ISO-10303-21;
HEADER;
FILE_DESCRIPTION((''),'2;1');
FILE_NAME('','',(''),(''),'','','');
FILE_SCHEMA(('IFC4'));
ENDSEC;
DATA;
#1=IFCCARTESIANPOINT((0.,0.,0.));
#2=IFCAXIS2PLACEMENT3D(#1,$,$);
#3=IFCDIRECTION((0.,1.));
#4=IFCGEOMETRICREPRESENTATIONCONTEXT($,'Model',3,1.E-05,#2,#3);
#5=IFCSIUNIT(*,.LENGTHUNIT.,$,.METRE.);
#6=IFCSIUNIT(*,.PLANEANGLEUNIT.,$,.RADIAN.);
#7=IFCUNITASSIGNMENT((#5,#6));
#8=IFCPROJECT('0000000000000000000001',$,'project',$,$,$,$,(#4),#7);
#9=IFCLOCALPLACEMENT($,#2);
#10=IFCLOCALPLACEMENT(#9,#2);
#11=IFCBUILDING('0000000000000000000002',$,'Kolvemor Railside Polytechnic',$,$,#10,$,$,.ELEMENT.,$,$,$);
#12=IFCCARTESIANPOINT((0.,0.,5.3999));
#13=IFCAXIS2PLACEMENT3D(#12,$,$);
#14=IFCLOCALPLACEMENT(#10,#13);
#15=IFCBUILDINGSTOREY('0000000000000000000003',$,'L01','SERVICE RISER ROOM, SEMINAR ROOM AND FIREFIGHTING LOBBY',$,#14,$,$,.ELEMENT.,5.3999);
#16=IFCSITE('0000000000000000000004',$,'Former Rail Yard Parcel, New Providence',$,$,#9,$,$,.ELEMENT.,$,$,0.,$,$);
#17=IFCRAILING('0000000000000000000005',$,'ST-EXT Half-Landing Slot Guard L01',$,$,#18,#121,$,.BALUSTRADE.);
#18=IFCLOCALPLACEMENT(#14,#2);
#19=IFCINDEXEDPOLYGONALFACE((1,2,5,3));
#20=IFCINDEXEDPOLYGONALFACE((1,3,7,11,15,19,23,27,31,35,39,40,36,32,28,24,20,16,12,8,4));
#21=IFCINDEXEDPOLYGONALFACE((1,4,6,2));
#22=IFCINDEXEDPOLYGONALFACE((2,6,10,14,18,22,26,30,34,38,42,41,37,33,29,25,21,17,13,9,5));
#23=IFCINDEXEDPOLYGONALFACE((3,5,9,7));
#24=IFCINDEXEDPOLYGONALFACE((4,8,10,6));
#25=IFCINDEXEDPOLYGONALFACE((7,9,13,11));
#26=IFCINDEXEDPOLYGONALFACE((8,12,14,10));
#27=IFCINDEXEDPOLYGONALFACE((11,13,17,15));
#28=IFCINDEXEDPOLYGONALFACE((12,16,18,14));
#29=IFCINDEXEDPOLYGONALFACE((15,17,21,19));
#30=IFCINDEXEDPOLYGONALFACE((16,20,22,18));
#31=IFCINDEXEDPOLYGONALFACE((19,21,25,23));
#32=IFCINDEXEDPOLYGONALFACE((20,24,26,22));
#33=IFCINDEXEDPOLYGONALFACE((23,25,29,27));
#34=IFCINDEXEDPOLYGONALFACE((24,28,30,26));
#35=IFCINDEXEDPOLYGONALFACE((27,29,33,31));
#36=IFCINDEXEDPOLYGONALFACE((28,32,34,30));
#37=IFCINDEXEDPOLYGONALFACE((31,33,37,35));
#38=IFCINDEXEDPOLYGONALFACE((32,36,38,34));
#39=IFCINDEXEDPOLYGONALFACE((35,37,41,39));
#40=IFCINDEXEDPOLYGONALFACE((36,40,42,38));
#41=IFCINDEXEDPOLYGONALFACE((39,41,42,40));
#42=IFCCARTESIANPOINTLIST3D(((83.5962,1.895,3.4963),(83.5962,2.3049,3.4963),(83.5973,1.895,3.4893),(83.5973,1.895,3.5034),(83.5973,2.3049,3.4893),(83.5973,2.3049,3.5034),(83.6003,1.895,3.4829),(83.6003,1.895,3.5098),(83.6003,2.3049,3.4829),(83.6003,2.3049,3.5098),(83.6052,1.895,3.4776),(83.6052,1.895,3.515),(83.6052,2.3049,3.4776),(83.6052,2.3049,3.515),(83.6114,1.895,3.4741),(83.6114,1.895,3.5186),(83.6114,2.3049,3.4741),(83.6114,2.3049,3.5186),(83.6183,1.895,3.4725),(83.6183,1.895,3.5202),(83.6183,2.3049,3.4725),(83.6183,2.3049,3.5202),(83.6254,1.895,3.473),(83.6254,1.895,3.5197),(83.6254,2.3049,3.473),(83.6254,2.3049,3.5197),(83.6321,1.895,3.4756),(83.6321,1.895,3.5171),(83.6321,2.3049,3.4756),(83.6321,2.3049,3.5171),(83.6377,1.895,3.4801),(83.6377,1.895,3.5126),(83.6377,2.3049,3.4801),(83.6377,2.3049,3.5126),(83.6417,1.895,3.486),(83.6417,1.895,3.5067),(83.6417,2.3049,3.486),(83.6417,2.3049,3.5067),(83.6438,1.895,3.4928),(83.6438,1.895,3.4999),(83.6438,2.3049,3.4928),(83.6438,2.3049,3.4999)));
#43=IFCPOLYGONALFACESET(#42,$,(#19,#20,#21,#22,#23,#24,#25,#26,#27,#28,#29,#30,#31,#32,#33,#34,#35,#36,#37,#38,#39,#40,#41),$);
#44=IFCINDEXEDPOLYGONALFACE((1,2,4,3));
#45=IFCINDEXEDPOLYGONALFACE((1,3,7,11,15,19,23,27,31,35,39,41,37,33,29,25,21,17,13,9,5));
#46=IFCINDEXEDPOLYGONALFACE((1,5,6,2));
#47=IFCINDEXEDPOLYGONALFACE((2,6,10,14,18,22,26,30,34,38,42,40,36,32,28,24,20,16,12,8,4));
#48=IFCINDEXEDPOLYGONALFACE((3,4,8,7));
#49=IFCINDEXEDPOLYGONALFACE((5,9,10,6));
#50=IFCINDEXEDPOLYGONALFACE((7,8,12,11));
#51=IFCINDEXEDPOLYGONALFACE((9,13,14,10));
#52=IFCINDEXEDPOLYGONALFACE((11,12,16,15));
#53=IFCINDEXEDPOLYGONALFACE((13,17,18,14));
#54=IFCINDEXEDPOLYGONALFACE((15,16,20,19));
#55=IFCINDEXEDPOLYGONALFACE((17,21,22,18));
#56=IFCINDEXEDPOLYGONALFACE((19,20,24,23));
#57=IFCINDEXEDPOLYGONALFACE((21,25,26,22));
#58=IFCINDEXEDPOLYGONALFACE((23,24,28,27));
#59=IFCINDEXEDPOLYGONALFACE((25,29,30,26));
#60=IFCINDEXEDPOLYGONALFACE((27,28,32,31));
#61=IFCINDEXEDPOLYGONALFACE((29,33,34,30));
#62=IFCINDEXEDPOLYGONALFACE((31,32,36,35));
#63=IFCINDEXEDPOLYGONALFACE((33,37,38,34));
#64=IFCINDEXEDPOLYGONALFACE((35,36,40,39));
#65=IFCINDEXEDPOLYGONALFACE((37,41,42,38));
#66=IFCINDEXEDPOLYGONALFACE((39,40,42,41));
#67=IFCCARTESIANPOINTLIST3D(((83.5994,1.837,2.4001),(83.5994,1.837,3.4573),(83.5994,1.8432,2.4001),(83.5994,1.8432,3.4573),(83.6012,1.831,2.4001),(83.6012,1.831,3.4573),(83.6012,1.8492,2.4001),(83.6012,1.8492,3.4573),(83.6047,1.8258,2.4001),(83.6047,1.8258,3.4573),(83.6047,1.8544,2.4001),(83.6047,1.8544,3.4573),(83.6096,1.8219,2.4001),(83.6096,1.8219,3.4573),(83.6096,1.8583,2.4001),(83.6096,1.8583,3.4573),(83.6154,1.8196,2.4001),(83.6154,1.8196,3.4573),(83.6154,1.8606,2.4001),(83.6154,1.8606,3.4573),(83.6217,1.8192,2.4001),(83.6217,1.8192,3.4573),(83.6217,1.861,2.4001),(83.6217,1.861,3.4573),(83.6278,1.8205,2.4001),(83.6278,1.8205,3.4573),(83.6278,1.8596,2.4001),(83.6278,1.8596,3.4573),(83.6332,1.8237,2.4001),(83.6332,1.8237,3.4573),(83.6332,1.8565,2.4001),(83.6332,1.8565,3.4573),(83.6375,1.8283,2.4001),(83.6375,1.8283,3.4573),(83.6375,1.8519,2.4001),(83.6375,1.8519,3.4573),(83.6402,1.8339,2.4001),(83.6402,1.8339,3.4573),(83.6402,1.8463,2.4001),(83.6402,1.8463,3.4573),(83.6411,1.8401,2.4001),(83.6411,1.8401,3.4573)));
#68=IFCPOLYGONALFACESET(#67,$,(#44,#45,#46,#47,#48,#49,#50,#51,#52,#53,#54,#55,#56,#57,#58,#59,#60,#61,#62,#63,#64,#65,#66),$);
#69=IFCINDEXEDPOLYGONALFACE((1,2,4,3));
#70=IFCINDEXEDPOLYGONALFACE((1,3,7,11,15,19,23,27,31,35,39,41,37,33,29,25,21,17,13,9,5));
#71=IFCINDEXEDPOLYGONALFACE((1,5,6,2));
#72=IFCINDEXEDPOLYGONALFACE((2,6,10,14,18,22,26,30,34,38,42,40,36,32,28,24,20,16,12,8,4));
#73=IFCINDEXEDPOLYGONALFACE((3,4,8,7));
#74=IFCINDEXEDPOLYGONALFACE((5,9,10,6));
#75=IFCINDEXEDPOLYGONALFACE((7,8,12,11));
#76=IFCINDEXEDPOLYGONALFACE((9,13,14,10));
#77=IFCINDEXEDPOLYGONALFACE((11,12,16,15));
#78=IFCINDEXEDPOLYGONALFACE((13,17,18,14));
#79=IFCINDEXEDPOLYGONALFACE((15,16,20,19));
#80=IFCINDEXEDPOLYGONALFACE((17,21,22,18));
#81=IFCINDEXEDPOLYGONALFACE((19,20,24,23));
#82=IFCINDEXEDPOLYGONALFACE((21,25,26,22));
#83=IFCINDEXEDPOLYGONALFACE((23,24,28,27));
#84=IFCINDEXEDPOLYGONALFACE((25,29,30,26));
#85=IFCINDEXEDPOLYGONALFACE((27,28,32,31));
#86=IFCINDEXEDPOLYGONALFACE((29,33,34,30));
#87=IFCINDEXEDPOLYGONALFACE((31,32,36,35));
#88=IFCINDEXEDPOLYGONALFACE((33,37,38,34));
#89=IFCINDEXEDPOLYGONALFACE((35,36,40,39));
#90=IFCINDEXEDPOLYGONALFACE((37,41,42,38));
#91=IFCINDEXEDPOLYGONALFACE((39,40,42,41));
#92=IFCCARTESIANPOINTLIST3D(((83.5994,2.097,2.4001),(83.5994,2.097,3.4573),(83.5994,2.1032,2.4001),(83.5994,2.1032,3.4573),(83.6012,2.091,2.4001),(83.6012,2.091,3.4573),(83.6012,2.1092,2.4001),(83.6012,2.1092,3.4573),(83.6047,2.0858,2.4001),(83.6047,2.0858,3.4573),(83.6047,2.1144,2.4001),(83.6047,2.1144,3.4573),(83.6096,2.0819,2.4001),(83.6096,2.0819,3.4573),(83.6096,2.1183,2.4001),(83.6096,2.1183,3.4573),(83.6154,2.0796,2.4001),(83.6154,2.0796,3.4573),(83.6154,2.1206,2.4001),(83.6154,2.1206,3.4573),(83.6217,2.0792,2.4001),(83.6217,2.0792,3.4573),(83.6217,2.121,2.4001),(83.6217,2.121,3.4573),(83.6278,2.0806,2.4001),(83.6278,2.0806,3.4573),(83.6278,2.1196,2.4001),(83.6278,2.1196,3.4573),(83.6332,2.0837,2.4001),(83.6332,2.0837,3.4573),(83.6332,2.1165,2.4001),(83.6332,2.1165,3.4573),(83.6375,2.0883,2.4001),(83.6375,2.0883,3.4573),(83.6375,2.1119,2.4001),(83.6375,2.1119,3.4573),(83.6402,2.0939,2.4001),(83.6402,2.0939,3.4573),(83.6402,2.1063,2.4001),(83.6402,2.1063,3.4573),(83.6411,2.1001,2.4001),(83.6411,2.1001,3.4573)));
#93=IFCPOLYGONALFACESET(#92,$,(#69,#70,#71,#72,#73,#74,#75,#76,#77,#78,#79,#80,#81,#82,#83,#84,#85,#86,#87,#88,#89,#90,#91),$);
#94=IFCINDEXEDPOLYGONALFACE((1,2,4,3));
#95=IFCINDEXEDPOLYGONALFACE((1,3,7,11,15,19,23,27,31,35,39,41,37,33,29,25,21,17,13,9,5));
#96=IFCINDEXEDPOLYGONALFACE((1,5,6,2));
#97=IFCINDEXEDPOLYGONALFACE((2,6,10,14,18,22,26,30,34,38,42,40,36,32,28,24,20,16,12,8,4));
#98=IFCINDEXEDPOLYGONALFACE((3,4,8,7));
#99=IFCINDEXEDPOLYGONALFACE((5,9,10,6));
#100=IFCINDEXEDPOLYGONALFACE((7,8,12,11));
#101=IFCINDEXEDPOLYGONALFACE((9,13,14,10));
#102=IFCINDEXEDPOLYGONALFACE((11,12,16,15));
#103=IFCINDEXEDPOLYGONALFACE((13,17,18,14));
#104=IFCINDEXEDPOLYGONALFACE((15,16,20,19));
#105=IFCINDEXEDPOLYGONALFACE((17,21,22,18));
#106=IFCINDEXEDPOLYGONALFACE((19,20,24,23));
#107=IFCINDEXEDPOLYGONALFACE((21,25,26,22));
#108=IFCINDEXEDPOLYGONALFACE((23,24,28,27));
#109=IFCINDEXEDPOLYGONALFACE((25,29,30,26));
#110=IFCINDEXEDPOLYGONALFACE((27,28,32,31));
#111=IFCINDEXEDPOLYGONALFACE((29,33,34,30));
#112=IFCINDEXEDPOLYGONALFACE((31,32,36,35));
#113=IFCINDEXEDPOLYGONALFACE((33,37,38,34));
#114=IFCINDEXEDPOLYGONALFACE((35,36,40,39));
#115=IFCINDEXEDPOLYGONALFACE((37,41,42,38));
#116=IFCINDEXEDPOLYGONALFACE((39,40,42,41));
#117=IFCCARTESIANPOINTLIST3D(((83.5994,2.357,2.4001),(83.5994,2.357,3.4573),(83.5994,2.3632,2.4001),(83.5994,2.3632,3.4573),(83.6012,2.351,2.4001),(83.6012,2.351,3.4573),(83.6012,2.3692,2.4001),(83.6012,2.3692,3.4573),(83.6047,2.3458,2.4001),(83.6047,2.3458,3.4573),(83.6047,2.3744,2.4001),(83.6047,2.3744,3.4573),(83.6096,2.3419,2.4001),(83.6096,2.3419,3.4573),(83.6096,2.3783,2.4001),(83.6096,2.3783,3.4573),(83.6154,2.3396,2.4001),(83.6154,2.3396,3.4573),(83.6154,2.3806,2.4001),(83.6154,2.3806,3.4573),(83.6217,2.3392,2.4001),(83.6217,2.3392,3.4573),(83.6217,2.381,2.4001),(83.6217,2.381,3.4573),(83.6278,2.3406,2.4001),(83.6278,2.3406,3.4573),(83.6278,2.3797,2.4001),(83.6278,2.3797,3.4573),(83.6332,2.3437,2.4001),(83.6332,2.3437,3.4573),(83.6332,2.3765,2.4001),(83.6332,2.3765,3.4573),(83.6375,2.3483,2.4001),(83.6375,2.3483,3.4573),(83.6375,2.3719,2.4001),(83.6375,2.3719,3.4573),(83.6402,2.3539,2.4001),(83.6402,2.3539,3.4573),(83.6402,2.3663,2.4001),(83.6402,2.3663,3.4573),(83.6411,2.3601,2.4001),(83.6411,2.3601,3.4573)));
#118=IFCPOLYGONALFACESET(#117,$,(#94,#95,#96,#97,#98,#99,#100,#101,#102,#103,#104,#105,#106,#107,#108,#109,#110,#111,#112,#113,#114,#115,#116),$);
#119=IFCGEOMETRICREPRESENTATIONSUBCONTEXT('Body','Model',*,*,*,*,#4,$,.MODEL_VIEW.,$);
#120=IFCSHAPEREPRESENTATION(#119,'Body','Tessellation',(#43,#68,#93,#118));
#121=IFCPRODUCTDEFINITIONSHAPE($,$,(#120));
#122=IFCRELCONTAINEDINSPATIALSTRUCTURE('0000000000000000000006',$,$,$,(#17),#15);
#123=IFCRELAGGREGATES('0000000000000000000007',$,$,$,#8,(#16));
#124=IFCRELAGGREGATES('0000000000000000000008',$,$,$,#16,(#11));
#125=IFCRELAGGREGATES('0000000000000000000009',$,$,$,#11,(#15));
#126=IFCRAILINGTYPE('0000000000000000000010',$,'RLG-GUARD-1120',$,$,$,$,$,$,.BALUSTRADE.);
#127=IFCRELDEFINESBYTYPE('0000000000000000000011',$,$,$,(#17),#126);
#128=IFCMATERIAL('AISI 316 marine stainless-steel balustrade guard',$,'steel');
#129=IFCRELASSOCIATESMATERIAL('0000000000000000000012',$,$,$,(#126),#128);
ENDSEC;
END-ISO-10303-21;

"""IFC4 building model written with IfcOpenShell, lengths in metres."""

from ifc_helpers import new_model, si_unit, direction, frame, origin, origin_2d, place, context, subcontext, project, spatial, circle, extrude, material, type_object, element, save


model = new_model("IFC4")

# Units and contexts
model_context = context("Model", 3, precision=1e-05, world=origin(), true_north=direction((0.0, 1.0)))
body_context = subcontext(model_context, "Body", "Model", "MODEL_VIEW")
ifc_project = project(units=[si_unit("LENGTHUNIT", "METRE"), si_unit("PLANEANGLEUNIT", "RADIAN")], contexts=[model_context])

# Site, building, storey
site_placement = place(None, origin())
site = spatial("IfcSite", under=ifc_project, at=site_placement, Name="Former Rail Yard Parcel, New Providence", CompositionType="ELEMENT", RefElevation=0.0)
building_placement = place(site_placement, origin())
building = spatial("IfcBuilding", under=site, at=building_placement, Name="Kolvemor Railside Polytechnic", CompositionType="ELEMENT")
storey_placement = place(building_placement, frame((0.0, 0.0, 5.3999)))
storey = spatial("IfcBuildingStorey", under=building, at=storey_placement, Name="L01", Description="SERVICE RISER ROOM, SEMINAR ROOM AND FIREFIGHTING LOBBY", CompositionType="ELEMENT", Elevation=5.3999)

# Railing
ifc_material_1 = material(Name="AISI 316 marine stainless-steel balustrade guard", Category="steel")
railing_type_1 = type_object("IfcRailingType", Name="RLG-GUARD-1120", PredefinedType="BALUSTRADE", material=ifc_material_1)
railing_1_placement = place(storey_placement, frame((83.6201, 1.8401, 2.4001)))
element("IfcRailing", 1, at=railing_1_placement, inside=storey, type_object=railing_type_1, Name="ST-EXT Half-Landing Slot Guard L01", PredefinedType="BALUSTRADE", context=body_context, shape_type="SweptSolid", body=[
    extrude(circle(Radius=0.0239, at=origin_2d()), frame((0.0, 0.0549, 1.0962), z_axis=(0.0, 1.0, 0.0), x_axis=(-1.0, 0.0, 0.0)), (0.0, 0.0, 1.0), 0.4099),
    extrude(circle(Radius=0.021, at=origin_2d()), origin(), (0.0, 0.0, 1.0), 1.0571),
    extrude(circle(Radius=0.021, at=origin_2d()), frame((0.0, 0.26, 0.0)), (0.0, 0.0, 1.0), 1.0571),
    extrude(circle(Radius=0.021, at=origin_2d()), frame((0.0, 0.52, 0.0)), (0.0, 0.0, 1.0), 1.0571),
])

save(model, "model.ifc")
